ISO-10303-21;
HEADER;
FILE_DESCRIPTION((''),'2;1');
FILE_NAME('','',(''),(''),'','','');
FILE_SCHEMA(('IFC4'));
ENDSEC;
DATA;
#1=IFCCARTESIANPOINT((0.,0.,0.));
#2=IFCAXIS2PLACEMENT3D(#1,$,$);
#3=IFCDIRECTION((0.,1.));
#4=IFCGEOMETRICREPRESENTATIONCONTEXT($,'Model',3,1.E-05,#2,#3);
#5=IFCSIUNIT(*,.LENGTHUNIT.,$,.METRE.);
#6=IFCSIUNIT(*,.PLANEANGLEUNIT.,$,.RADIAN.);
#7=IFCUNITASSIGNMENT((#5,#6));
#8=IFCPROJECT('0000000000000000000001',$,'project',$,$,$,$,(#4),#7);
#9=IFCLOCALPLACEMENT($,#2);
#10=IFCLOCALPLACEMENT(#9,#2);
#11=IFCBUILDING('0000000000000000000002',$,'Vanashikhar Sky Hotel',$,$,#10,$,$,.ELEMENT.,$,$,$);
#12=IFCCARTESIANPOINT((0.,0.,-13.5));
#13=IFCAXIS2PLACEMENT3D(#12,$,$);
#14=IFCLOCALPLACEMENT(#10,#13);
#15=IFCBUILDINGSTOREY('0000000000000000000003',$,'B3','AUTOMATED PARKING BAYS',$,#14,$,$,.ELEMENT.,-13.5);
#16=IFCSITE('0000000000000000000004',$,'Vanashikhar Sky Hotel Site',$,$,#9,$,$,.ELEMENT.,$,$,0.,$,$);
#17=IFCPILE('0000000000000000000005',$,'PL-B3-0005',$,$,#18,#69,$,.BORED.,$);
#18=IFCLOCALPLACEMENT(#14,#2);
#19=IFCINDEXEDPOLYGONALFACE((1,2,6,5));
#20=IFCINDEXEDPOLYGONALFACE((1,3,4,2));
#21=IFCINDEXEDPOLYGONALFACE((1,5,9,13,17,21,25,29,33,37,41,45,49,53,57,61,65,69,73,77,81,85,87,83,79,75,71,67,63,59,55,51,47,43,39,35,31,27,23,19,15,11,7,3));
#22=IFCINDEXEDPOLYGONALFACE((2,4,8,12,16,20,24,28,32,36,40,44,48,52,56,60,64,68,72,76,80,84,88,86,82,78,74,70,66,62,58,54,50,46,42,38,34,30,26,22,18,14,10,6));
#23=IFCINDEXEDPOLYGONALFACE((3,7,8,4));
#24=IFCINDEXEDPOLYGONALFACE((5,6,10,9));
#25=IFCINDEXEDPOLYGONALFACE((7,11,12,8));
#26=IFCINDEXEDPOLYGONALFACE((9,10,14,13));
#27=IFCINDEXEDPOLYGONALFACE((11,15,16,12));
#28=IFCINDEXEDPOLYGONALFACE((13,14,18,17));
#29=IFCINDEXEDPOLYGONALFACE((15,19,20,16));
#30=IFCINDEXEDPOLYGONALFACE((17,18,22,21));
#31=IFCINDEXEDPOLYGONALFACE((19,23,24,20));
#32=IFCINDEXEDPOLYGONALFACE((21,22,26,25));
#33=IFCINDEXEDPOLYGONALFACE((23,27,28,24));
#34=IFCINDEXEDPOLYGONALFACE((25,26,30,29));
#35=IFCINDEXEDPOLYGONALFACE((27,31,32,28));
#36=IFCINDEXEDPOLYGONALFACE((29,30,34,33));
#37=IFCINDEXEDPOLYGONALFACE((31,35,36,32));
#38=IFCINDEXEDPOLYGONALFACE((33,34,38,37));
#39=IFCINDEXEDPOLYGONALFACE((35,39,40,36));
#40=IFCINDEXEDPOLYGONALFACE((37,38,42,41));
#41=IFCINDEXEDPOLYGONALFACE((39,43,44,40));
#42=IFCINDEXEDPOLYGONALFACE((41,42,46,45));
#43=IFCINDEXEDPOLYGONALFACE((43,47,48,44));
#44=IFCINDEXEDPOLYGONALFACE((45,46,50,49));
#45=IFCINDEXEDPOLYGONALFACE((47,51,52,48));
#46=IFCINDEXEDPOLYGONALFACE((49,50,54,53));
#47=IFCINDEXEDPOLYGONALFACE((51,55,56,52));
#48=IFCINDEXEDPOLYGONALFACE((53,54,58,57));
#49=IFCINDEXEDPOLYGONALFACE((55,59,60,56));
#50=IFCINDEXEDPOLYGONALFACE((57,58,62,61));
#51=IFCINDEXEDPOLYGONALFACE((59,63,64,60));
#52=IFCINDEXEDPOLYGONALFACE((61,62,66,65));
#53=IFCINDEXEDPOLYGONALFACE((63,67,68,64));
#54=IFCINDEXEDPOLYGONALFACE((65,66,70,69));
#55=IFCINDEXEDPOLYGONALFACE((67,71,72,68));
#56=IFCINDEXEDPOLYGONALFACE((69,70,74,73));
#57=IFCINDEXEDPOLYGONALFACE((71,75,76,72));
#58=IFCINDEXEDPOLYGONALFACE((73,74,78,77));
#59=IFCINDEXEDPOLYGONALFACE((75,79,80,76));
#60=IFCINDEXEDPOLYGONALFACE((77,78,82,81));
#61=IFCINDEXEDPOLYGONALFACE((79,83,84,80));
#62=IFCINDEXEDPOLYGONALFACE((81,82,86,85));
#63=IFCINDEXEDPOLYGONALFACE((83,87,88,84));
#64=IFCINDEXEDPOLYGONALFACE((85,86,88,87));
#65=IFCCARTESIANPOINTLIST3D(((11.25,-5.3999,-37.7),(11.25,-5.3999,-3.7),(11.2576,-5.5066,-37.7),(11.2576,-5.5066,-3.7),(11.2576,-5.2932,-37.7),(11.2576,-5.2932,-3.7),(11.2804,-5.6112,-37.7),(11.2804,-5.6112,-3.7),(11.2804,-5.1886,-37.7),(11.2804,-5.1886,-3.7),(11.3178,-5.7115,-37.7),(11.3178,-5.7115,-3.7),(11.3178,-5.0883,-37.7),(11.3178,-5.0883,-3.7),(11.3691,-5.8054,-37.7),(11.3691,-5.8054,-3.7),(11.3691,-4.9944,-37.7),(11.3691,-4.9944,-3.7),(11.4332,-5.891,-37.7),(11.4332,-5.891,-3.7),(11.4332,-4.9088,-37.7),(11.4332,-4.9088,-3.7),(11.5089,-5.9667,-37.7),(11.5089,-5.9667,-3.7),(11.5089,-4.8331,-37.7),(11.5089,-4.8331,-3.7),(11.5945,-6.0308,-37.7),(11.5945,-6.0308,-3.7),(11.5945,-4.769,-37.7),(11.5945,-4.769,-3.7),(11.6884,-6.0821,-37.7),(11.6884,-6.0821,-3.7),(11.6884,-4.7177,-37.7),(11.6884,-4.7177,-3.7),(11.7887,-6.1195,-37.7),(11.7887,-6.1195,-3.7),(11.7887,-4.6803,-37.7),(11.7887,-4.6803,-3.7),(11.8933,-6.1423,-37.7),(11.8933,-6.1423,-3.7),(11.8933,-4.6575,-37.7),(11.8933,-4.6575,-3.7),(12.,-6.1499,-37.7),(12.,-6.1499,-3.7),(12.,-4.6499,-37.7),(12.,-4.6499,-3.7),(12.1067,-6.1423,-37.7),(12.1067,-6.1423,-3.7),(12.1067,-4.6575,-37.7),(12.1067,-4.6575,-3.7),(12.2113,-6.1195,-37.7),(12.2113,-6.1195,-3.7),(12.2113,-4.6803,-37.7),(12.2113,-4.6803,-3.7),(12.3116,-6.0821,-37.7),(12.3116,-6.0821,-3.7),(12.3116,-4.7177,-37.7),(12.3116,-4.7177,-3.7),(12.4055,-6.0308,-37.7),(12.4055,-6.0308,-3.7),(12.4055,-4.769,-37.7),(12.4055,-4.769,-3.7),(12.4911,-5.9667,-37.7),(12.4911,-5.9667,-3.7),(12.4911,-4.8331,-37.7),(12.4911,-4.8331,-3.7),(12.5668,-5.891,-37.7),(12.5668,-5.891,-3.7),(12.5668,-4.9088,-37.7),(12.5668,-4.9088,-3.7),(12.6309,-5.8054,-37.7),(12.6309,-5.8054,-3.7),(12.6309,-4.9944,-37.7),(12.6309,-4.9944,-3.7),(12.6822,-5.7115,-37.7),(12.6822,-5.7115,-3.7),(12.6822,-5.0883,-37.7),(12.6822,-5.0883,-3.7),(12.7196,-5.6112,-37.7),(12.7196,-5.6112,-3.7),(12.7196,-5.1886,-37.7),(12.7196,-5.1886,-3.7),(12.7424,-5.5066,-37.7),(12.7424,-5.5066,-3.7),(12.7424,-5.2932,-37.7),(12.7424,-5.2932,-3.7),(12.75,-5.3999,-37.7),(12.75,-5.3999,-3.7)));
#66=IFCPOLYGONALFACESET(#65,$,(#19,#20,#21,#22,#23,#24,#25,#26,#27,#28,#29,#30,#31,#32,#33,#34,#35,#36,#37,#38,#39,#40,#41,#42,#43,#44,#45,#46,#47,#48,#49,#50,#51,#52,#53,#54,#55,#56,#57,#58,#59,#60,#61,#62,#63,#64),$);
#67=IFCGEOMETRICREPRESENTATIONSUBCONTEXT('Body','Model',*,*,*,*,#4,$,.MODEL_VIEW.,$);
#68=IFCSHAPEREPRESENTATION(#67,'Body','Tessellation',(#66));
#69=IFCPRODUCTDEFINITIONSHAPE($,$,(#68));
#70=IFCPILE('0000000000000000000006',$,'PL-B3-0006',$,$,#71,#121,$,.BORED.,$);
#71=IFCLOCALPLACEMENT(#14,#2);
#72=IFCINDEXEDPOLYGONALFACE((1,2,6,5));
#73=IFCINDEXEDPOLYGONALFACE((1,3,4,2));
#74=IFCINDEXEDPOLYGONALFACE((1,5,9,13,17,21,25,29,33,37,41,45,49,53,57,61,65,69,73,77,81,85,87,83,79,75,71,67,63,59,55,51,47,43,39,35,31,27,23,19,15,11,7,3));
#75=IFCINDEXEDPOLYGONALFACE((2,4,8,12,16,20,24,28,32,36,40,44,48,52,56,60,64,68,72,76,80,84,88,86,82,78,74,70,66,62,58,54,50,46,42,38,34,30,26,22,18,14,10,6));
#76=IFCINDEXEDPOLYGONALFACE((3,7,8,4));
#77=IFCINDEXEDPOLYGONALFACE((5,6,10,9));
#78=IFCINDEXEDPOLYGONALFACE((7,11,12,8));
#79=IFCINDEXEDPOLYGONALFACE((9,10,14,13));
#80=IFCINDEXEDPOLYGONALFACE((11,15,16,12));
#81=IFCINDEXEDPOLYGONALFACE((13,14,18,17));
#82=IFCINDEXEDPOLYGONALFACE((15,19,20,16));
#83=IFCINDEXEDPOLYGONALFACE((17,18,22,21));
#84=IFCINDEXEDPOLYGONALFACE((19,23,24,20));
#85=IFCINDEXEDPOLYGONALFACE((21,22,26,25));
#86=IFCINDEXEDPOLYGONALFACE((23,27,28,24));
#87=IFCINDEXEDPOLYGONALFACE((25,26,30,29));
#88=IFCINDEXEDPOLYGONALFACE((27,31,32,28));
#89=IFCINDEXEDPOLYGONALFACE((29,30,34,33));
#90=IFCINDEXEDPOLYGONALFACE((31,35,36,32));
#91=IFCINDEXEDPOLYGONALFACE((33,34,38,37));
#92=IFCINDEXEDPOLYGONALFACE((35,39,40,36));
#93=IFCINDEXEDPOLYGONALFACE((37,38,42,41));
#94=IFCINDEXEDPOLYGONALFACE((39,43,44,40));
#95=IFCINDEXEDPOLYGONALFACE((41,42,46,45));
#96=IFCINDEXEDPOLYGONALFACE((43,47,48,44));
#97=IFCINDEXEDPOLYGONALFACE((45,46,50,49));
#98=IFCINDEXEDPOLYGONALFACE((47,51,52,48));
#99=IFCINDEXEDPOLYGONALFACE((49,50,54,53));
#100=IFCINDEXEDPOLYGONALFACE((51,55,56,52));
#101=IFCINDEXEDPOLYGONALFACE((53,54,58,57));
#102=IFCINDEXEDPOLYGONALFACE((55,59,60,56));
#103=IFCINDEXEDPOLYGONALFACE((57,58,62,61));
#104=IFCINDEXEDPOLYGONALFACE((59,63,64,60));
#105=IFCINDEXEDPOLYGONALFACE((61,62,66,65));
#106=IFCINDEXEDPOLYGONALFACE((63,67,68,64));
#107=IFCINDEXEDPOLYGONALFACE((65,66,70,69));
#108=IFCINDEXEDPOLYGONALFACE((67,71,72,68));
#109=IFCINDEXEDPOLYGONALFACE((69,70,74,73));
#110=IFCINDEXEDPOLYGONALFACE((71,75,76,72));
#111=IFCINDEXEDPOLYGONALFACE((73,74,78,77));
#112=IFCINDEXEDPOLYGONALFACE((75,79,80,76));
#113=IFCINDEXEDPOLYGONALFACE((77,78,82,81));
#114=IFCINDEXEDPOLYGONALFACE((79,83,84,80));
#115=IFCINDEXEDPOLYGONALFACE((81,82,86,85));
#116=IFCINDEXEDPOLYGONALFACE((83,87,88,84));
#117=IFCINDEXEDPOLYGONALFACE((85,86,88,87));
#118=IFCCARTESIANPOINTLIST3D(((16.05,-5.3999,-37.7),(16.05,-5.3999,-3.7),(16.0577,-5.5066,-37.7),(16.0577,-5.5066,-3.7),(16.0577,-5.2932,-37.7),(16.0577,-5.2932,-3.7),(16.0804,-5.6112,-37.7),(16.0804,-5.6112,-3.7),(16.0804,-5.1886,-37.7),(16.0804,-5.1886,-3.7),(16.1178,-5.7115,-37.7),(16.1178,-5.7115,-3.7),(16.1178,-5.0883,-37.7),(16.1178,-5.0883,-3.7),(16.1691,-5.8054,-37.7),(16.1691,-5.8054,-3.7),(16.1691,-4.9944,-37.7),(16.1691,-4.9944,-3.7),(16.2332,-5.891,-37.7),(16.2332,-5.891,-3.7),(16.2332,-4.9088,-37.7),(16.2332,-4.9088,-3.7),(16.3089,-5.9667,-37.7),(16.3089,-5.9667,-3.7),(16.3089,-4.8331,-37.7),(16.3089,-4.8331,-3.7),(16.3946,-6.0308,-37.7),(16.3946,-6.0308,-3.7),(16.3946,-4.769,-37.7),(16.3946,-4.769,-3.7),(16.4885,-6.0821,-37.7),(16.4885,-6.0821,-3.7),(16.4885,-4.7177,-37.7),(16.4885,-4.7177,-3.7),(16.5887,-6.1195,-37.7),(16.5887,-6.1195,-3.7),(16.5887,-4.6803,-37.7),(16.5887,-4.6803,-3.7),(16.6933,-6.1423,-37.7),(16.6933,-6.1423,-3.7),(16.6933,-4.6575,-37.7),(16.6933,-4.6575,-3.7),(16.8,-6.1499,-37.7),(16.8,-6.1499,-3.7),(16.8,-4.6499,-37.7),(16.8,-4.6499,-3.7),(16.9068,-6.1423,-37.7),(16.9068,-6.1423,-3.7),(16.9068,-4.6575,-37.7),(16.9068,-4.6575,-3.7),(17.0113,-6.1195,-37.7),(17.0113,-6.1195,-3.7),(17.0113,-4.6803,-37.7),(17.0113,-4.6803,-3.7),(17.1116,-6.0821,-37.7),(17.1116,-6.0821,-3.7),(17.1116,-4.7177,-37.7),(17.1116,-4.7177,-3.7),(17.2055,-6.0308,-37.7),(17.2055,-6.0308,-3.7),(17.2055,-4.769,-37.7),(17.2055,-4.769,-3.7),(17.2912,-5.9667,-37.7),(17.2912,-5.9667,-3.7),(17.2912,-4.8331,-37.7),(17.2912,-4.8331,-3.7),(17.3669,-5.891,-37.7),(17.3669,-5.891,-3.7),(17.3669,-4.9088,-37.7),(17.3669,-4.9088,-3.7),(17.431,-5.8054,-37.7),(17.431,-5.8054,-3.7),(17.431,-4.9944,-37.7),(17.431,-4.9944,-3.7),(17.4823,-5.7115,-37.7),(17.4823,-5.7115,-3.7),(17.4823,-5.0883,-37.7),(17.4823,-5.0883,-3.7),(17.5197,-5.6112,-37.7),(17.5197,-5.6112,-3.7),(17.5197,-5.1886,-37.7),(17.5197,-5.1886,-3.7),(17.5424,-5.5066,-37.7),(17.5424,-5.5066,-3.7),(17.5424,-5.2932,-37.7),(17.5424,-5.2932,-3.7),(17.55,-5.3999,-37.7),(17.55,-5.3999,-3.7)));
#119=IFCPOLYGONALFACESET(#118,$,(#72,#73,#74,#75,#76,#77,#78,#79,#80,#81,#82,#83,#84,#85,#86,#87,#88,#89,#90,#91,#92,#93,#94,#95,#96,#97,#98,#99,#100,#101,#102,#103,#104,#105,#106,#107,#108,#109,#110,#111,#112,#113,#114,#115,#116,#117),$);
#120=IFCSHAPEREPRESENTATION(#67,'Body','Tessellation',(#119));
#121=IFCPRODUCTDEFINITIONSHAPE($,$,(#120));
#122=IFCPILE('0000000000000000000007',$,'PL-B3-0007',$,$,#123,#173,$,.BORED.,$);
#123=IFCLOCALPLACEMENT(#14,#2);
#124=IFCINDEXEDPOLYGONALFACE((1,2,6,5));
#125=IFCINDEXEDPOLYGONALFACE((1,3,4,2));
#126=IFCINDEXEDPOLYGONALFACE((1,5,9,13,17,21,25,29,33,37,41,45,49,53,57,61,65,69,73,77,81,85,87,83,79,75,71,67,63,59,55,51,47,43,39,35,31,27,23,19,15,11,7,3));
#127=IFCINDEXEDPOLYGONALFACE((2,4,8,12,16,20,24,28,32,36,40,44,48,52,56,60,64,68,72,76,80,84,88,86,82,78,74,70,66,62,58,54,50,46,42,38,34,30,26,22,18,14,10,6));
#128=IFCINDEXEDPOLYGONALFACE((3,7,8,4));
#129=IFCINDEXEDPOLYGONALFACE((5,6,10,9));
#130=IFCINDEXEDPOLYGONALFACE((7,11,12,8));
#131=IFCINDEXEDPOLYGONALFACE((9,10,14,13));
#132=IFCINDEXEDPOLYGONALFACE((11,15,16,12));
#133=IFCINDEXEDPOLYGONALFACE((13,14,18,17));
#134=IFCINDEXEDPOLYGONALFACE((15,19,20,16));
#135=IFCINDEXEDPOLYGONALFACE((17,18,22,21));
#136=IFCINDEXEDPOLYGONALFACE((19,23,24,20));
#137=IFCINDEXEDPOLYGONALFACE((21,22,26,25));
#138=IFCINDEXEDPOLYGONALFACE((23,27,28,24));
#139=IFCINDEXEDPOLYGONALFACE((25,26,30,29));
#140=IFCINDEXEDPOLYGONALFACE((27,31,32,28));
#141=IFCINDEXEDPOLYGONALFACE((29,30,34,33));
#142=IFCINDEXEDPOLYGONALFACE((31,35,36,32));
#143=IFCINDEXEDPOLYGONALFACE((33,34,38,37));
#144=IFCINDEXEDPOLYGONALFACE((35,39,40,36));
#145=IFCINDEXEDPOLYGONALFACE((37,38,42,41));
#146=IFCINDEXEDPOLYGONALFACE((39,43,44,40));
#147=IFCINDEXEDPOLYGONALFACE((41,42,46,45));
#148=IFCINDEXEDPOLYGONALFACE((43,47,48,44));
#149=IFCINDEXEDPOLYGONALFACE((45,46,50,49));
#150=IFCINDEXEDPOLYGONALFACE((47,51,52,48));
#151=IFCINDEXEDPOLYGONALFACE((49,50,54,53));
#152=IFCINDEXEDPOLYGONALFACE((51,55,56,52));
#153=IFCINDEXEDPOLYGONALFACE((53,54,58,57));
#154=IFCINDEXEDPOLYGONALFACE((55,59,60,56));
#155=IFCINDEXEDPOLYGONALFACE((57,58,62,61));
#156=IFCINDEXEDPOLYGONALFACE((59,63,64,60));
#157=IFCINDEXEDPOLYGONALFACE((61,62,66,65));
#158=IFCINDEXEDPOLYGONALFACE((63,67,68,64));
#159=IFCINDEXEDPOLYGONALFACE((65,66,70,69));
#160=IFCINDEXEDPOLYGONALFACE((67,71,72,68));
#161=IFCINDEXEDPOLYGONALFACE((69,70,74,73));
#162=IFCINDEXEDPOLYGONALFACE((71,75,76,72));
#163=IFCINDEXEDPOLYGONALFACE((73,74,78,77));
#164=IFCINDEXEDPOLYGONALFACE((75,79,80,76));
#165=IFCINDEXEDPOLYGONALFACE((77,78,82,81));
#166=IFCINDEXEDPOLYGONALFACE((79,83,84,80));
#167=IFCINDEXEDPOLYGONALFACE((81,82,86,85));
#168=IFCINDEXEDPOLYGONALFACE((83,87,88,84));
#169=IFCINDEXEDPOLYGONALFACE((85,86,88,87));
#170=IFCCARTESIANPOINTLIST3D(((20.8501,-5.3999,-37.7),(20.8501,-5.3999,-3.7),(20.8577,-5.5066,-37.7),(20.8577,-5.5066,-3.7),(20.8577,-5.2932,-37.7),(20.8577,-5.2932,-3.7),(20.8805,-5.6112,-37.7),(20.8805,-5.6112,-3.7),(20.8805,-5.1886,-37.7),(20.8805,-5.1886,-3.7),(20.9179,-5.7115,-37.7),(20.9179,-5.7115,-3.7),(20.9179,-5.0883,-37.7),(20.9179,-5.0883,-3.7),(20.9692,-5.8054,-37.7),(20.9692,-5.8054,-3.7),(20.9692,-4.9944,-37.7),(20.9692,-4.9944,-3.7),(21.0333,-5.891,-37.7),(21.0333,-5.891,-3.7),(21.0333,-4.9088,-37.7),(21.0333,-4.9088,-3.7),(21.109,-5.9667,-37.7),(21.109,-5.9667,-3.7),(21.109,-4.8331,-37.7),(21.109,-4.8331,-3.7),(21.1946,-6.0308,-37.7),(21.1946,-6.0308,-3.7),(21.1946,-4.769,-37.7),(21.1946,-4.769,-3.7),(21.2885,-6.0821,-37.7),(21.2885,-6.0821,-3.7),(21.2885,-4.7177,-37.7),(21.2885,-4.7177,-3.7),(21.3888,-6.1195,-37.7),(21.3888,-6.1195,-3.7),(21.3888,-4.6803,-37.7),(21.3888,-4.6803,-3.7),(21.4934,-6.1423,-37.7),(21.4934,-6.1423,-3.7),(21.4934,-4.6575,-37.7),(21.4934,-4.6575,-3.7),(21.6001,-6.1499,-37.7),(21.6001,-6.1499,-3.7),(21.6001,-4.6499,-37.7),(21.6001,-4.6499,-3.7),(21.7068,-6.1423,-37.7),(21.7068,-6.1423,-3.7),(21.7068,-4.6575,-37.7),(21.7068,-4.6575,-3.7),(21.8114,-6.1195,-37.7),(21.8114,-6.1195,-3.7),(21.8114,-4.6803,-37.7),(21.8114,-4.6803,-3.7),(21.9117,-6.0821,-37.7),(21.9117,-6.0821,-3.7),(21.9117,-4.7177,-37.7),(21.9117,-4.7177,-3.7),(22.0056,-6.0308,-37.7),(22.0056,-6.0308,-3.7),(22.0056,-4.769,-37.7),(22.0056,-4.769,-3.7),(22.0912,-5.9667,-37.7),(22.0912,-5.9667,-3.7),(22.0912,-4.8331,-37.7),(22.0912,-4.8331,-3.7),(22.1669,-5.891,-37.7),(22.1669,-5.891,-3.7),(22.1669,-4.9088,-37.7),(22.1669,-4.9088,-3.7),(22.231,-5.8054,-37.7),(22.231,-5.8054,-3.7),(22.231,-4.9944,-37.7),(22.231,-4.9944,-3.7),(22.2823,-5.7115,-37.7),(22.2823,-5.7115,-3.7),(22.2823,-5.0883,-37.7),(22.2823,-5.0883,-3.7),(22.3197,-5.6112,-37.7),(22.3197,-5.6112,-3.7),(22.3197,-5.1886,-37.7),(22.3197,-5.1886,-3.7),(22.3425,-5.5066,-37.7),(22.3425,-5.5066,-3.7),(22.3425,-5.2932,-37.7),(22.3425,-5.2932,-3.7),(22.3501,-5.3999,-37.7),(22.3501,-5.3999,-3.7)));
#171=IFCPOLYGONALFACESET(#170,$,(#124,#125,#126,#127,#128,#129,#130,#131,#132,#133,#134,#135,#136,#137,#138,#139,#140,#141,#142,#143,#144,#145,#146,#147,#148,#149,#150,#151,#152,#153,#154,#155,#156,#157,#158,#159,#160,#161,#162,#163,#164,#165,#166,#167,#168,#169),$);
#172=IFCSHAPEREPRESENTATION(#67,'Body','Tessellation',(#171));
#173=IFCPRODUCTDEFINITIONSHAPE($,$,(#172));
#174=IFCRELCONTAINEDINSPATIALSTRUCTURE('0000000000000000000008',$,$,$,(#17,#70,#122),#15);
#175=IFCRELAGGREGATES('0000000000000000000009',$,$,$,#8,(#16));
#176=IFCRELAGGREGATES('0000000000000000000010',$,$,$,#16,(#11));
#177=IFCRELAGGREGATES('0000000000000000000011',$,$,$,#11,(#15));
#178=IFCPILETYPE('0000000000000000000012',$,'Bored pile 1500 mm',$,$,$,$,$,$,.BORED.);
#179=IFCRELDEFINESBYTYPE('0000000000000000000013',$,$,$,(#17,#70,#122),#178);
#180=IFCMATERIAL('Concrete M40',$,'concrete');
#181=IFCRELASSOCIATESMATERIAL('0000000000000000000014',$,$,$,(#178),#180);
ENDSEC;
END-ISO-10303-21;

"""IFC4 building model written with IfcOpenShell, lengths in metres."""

from ifc_helpers import new_model, si_unit, direction, frame, origin, origin_2d, place, context, subcontext, project, spatial, circle, extrude, source, transform, mapped, material, type_object, element, save


model = new_model("IFC4")

# Units and contexts
model_context = context("Model", 3, precision=1e-05, world=origin(), true_north=direction((0.0, 1.0)))
body_context = subcontext(model_context, "Body", "Model", "MODEL_VIEW")
ifc_project = project(units=[si_unit("LENGTHUNIT", "METRE"), si_unit("PLANEANGLEUNIT", "RADIAN")], contexts=[model_context])

# Site, building, storey
site_placement = place(None, origin())
site = spatial("IfcSite", under=ifc_project, at=site_placement, Name="Vanashikhar Sky Hotel Site", CompositionType="ELEMENT", RefElevation=0.0)
building_placement = place(site_placement, origin())
building = spatial("IfcBuilding", under=site, at=building_placement, Name="Vanashikhar Sky Hotel", CompositionType="ELEMENT")
storey_placement = place(building_placement, frame((0.0, 0.0, -13.5)))
storey = spatial("IfcBuildingStorey", under=building, at=storey_placement, Name="B3", Description="AUTOMATED PARKING BAYS", CompositionType="ELEMENT", Elevation=-13.5)

# Piles
ifc_material_1 = material(Name="Concrete M40", Category="concrete")
pile_type_1 = type_object("IfcPileType", Name="Bored pile 1500 mm", PredefinedType="BORED", material=ifc_material_1)
shared_shape_1 = source(origin(), body_context, "Body", "SweptSolid", [
    extrude(circle(Radius=0.75, at=origin_2d()), origin(), (0.0, 0.0, 1.0), 34.0),
])
for number, where, z_axis, x_axis, name in (
    (1, (12.0, -5.3999, -3.7), (0.0, 0.0, -1.0), (1.0, 0.0, 0.0), "PL-B3-0005"),
    (2, (16.8, -5.3999, -3.7), (0.0, 0.0, -1.0), (1.0, 0.0, 0.0), "PL-B3-0006"),
    (3, (21.6001, -5.3999, -3.7), (0.0, 0.0, -1.0), (1.0, 0.0, 0.0), "PL-B3-0007"),
):
    element("IfcPile", number, at=place(storey_placement, frame(where, z_axis=z_axis, x_axis=x_axis)), inside=storey, type_object=pile_type_1, Name=name, PredefinedType="BORED", context=body_context, shape_type="MappedRepresentation", body=[
        mapped(shared_shape_1, transform((0.0, 0.0, 0.0), scale=1.0)),
    ])

save(model, "model.ifc")
